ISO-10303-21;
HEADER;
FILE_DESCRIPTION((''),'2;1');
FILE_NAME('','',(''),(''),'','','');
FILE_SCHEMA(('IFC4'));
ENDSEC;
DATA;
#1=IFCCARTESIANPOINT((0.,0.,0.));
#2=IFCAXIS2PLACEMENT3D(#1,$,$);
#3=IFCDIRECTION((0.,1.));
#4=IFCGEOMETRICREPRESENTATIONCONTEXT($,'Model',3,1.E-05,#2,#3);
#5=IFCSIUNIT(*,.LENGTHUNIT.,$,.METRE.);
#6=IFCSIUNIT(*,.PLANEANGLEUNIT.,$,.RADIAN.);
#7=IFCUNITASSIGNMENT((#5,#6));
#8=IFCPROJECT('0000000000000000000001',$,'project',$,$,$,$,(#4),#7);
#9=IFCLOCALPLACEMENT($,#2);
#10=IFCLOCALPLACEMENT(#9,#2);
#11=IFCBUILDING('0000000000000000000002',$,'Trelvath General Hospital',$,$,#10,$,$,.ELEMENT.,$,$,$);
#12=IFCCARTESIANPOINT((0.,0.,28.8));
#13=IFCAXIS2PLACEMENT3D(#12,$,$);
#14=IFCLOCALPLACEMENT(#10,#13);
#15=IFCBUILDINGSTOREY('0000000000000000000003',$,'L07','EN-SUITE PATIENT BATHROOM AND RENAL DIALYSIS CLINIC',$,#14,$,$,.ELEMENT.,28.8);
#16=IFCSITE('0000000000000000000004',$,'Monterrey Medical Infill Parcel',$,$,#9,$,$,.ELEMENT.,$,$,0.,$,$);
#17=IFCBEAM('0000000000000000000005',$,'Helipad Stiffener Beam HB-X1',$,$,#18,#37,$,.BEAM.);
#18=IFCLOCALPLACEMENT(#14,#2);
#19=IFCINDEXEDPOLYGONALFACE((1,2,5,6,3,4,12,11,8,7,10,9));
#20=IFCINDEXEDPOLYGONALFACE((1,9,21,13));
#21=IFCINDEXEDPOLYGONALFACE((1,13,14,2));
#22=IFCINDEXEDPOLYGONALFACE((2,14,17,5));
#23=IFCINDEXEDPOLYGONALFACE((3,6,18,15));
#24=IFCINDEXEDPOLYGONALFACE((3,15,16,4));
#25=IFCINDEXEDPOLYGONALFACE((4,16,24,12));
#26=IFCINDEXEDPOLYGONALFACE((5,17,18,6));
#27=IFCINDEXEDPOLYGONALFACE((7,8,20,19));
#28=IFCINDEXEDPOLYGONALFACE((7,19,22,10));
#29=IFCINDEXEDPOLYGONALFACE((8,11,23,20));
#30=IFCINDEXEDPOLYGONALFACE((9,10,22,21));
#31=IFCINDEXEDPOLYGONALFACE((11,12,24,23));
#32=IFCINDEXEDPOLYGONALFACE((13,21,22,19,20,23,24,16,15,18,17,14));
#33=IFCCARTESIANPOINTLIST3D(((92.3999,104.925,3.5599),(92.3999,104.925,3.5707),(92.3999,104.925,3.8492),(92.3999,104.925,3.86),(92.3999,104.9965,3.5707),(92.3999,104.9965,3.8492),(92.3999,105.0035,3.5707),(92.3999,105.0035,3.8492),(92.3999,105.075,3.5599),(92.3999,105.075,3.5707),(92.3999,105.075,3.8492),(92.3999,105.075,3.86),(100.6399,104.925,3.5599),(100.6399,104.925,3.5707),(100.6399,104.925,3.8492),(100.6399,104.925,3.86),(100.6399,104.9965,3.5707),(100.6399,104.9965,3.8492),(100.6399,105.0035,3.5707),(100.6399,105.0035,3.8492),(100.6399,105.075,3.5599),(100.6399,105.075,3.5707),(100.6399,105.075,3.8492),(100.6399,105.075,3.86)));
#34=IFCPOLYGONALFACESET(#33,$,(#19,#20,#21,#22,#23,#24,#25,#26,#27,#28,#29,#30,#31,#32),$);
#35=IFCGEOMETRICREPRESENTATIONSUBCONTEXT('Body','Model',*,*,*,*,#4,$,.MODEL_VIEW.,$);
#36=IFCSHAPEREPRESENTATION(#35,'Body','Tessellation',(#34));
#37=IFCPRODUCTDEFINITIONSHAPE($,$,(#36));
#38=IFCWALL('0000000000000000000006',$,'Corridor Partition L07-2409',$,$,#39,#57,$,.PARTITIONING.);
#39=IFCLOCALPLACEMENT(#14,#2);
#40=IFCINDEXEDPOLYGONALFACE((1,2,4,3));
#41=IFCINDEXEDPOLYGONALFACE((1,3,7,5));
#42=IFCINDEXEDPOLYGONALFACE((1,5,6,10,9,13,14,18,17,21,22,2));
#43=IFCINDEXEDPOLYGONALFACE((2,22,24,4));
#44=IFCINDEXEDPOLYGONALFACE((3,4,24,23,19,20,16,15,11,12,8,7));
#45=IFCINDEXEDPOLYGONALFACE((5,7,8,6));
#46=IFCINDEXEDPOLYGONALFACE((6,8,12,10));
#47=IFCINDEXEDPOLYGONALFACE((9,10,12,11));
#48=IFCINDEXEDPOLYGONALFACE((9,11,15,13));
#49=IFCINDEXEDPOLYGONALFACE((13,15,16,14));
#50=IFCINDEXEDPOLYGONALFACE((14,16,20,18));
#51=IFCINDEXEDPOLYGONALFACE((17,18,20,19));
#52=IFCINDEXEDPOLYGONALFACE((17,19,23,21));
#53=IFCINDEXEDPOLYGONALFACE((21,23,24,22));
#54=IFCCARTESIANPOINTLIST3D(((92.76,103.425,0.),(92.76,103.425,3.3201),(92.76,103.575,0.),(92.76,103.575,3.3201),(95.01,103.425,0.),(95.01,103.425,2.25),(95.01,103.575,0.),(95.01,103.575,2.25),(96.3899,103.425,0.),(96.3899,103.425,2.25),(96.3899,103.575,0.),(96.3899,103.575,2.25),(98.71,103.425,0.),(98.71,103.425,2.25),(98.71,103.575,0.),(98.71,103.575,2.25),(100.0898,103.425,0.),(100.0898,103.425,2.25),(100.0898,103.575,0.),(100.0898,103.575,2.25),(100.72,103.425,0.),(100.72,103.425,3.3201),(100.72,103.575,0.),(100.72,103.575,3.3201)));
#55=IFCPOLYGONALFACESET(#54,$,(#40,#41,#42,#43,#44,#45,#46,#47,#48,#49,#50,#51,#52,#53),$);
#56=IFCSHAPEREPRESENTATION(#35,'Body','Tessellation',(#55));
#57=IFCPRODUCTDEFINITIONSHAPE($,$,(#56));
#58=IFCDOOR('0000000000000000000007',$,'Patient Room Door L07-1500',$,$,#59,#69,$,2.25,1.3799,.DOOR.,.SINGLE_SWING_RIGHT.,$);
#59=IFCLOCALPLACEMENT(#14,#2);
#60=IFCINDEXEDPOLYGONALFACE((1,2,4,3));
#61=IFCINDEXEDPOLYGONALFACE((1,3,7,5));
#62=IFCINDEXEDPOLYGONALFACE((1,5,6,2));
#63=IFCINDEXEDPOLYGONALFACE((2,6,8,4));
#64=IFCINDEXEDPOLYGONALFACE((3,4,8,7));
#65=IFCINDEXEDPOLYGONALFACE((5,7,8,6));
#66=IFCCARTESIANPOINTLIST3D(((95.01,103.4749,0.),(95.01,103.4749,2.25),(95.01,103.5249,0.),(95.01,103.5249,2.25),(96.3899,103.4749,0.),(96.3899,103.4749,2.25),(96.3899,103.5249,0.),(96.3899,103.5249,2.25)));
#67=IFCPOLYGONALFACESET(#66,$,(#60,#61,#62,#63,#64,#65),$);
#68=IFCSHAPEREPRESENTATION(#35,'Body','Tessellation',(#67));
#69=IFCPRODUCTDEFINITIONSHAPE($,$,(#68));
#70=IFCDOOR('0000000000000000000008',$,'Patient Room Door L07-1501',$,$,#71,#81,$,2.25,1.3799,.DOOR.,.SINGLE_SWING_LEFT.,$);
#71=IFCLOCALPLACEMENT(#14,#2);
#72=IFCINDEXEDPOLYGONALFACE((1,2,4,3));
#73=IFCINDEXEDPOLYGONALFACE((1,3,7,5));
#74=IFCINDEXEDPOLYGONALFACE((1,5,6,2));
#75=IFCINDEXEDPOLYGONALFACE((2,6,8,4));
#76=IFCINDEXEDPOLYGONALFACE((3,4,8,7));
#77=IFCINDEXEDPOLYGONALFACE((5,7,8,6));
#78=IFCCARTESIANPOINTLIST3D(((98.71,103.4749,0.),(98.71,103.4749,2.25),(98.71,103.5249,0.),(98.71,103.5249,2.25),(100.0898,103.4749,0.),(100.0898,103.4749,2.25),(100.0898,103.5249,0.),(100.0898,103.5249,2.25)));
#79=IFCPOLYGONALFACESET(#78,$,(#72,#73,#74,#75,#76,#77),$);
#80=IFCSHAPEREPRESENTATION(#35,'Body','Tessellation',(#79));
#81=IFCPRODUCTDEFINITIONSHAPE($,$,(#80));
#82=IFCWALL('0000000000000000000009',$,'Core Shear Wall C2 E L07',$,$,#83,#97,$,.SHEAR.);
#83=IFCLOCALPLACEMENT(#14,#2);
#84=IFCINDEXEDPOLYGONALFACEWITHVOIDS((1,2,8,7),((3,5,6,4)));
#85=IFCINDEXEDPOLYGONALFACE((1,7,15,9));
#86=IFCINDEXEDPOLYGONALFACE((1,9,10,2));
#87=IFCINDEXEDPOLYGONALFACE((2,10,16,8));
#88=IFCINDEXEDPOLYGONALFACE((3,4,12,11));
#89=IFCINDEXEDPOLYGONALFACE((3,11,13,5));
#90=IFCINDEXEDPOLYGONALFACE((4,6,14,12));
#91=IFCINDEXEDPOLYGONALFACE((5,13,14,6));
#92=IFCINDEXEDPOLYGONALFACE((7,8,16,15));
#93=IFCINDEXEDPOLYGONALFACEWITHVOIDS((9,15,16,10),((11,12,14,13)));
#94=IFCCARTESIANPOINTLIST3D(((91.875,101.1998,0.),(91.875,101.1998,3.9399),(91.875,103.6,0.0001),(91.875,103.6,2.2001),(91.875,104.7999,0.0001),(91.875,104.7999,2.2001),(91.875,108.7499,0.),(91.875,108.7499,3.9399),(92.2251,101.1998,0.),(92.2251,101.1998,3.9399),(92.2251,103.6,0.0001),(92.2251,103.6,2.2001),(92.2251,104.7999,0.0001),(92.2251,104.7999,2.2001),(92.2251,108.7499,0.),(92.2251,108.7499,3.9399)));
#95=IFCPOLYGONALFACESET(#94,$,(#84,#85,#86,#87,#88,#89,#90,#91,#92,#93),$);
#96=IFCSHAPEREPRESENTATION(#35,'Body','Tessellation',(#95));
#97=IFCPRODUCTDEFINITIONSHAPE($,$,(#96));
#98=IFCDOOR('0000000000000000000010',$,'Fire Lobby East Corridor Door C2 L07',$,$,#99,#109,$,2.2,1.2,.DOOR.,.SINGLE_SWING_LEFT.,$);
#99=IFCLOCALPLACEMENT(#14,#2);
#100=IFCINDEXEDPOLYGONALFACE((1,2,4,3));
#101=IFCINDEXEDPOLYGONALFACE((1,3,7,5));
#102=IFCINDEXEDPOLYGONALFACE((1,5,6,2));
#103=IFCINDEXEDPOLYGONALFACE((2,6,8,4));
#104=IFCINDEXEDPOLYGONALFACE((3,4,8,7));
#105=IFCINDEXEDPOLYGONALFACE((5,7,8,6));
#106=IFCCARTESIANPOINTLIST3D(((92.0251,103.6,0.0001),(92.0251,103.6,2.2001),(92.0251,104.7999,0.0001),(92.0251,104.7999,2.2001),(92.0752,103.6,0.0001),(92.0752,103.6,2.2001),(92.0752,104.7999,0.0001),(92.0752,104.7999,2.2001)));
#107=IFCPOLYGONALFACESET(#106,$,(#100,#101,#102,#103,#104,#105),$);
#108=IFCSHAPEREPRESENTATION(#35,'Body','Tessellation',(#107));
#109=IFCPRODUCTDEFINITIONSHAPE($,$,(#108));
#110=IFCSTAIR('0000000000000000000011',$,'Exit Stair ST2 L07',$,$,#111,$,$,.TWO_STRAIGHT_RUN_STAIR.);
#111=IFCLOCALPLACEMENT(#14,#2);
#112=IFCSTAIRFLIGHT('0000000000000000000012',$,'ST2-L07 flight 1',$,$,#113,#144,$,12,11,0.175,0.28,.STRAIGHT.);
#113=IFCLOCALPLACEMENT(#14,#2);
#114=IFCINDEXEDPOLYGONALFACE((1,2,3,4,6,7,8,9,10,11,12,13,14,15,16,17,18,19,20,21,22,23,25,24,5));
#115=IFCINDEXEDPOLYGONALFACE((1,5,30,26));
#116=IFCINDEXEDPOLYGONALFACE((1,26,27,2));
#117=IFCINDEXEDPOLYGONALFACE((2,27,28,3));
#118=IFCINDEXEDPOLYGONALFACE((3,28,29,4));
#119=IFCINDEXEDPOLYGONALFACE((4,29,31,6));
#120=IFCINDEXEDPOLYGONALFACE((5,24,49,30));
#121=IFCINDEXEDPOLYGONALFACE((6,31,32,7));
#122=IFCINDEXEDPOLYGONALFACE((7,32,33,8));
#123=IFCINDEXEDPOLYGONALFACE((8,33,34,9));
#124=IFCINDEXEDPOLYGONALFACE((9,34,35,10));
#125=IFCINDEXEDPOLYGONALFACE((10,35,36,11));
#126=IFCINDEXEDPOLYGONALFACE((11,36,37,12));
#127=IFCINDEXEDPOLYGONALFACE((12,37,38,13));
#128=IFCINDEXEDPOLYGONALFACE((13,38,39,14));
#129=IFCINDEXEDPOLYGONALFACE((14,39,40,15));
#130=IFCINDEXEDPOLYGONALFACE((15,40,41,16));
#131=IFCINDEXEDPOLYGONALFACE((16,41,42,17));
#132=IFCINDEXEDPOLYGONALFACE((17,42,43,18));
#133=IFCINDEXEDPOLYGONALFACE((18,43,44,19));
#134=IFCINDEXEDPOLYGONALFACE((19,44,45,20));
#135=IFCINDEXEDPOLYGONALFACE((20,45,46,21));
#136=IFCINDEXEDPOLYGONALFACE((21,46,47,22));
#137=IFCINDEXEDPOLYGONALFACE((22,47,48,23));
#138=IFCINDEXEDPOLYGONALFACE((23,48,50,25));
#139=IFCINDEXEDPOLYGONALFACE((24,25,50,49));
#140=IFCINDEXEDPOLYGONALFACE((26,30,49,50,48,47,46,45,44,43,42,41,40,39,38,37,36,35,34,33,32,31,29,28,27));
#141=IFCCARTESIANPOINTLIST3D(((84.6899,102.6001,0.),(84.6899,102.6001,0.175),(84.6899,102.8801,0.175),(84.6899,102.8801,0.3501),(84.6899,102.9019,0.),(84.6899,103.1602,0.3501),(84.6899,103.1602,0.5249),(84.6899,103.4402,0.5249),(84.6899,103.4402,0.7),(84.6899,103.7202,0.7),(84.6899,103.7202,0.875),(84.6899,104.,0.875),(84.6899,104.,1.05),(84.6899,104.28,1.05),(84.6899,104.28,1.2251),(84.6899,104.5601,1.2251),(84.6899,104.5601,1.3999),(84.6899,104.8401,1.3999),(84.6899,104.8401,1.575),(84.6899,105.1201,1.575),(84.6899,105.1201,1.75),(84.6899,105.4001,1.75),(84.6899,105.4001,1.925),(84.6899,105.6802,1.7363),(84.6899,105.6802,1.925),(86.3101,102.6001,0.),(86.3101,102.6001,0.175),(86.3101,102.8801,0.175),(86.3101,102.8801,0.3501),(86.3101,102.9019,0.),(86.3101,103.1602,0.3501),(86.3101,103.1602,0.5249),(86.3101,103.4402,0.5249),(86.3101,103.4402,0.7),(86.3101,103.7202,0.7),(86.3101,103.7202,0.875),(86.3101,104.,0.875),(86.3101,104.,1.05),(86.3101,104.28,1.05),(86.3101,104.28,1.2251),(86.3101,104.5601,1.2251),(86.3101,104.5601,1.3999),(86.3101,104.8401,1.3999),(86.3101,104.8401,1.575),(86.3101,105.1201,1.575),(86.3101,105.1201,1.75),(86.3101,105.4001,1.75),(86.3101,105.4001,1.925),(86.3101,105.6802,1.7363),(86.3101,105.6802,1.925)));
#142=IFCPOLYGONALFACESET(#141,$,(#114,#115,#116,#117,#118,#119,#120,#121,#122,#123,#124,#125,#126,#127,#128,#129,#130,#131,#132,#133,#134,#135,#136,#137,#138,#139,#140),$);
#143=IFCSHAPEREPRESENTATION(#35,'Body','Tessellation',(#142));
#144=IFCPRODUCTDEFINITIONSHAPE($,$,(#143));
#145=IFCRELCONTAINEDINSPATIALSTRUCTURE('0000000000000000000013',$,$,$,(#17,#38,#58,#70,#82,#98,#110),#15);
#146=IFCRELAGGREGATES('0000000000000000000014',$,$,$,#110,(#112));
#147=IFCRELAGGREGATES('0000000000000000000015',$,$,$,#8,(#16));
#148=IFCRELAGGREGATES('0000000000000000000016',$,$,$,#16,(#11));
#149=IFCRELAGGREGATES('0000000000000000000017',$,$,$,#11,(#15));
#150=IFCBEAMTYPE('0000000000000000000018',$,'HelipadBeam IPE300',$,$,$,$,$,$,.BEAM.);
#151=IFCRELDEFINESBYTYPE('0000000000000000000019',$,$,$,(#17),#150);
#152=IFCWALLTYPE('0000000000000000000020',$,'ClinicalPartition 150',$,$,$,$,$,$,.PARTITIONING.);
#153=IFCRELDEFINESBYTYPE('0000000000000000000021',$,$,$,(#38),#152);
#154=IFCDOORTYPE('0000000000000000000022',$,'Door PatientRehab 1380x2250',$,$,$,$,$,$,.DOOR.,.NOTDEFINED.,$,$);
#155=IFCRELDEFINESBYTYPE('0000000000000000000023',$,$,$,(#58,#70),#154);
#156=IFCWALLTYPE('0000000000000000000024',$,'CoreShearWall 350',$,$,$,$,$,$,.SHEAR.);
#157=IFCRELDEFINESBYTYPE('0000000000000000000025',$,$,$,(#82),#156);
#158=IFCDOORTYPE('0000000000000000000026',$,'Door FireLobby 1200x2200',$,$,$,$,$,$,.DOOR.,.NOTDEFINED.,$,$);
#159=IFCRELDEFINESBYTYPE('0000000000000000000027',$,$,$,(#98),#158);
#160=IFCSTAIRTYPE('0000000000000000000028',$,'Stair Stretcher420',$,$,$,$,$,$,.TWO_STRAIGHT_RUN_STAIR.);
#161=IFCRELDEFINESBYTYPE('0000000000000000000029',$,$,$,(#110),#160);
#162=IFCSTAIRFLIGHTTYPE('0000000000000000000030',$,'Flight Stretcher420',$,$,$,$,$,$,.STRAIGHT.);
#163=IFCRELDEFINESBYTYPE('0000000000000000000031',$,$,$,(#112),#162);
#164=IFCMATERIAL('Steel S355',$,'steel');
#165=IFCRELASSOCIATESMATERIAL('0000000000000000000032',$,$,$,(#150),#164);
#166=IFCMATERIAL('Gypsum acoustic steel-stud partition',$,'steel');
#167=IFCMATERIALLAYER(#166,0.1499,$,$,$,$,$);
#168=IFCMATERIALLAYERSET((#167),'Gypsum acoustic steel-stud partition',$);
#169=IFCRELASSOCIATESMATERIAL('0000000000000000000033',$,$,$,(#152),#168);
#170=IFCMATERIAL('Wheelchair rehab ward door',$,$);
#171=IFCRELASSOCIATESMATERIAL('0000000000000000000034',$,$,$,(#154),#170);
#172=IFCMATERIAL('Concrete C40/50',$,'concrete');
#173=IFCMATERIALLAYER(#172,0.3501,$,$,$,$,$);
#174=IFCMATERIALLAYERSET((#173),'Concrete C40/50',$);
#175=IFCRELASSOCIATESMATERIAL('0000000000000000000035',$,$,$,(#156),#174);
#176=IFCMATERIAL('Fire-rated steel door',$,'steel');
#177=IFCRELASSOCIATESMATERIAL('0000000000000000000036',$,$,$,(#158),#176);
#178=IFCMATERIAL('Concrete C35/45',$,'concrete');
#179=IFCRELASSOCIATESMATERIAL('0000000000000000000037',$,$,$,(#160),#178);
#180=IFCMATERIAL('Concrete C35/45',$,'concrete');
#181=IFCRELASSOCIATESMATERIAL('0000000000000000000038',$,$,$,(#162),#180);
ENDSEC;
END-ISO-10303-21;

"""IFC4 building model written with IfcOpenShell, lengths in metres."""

from ifc_helpers import new_model, si_unit, direction, frame, frame_2d, origin, origin_2d, place, context, subcontext, project, spatial, polyline, rectangle, i_section, outline, extrude, material, layer, layer_set, material_profile, profile_set, type_object, element, fill, aggregate, save


model = new_model("IFC4")

# Units and contexts
model_context = context("Model", 3, precision=1e-05, world=origin(), true_north=direction((0.0, 1.0)))
body_context = subcontext(model_context, "Body", "Model", "MODEL_VIEW")
ifc_project = project(units=[si_unit("LENGTHUNIT", "METRE"), si_unit("PLANEANGLEUNIT", "RADIAN")], contexts=[model_context])

# Site, building, storey
site_placement = place(None, origin())
site = spatial("IfcSite", under=ifc_project, at=site_placement, Name="Monterrey Medical Infill Parcel", CompositionType="ELEMENT", RefElevation=0.0)
building_placement = place(site_placement, origin())
building = spatial("IfcBuilding", under=site, at=building_placement, Name="Trelvath General Hospital", CompositionType="ELEMENT")
storey_placement = place(building_placement, frame((0.0, 0.0, 28.8)))
storey = spatial("IfcBuildingStorey", under=building, at=storey_placement, Name="L07", Description="EN-SUITE PATIENT BATHROOM AND RENAL DIALYSIS CLINIC", CompositionType="ELEMENT", Elevation=28.8)

# Beam
ifc_material_1 = material(Name="Steel S355", Category="steel")
ifc_material_profile = material_profile(ifc_material_1, i_section(OverallWidth=0.1499, OverallDepth=0.3, WebThickness=0.0071, FlangeThickness=0.0107, at=origin_2d()), Name="IPE300")
ifc_profile_set = profile_set([ifc_material_profile], Name="Steel S355")
beam_type = type_object("IfcBeamType", Name="HelipadBeam IPE300", PredefinedType="BEAM", material=ifc_profile_set)
beam_placement = place(storey_placement, frame((92.3999, 105.0, 3.71), z_axis=(1.0, 0.0, 0.0), x_axis=(0.0, 1.0, 0.0)))
element("IfcBeam", 1, at=beam_placement, inside=storey, type_object=beam_type, Name="Helipad Stiffener Beam HB-X1", PredefinedType="BEAM", context=body_context, shape_type="SweptSolid", body=[
    extrude(i_section(OverallWidth=0.1499, OverallDepth=0.3, WebThickness=0.0071, FlangeThickness=0.0107, at=origin_2d()), origin(), (0.0, 0.0, 1.0), 8.24),
])

# Wall, openings, doors
ifc_material_2 = material(Name="Gypsum acoustic steel-stud partition", Category="steel")
ifc_layer_1 = layer(ifc_material_2, 0.1499)
ifc_layer_set_1 = layer_set([ifc_layer_1], Name="Gypsum acoustic steel-stud partition")
wall_type_1 = type_object("IfcWallType", Name="ClinicalPartition 150", PredefinedType="PARTITIONING", material=ifc_layer_set_1)
wall_1_placement = place(storey_placement, frame((92.76, 103.5, 0.0), z_axis=(0.0, 0.0, 1.0), x_axis=(1.0, 0.0, 0.0)))
wall_1 = element("IfcWall", 2, at=wall_1_placement, inside=storey, type_object=wall_type_1, Name="Corridor Partition L07-2409", PredefinedType="PARTITIONING", context=body_context, shape_type="SweptSolid", body=[
    extrude(rectangle(XDim=7.96, YDim=0.1499, at=frame_2d((3.98, 0.0))), origin(), (0.0, 0.0, 1.0), 3.3201),
])
opening_1_placement = place(wall_1_placement, frame((2.25, 0.0, 0.0)))
opening_1 = element("IfcOpeningElement", 3, at=opening_1_placement, cuts=wall_1, PredefinedType="OPENING", context=body_context, shape_type="SweptSolid", body=[
    extrude(rectangle(XDim=1.3799, YDim=2.25, at=frame_2d((0.6899, 1.125))), frame((0.0, 0.085, 0.0), z_axis=(0.0, -1.0, 0.0), x_axis=(1.0, 0.0, 0.0)), (0.0, 0.0, 1.0), 0.1699),
])
opening_2_placement = place(wall_1_placement, frame((5.95, 0.0, 0.0)))
opening_2 = element("IfcOpeningElement", 4, at=opening_2_placement, cuts=wall_1, PredefinedType="OPENING", context=body_context, shape_type="SweptSolid", body=[
    extrude(rectangle(XDim=1.3799, YDim=2.25, at=frame_2d((0.6899, 1.125))), frame((0.0, 0.085, 0.0), z_axis=(0.0, -1.0, 0.0), x_axis=(1.0, 0.0, 0.0)), (0.0, 0.0, 1.0), 0.1699),
])
ifc_material_3 = material(Name="Wheelchair rehab ward door")
door_type_1 = type_object("IfcDoorType", Name="Door PatientRehab 1380x2250", OperationType="NOTDEFINED", PredefinedType="DOOR", material=ifc_material_3)
door_1_placement = place(opening_1_placement, origin())
door_1 = element("IfcDoor", 5, at=door_1_placement, inside=storey, type_object=door_type_1, Name="Patient Room Door L07-1500", OperationType="SINGLE_SWING_RIGHT", OverallHeight=2.25, OverallWidth=1.3799, PredefinedType="DOOR", context=body_context, shape_type="SweptSolid", body=[
    extrude(rectangle(XDim=1.3799, YDim=2.25, at=frame_2d((0.6899, 1.125))), frame((0.0, 0.0249, 0.0), z_axis=(0.0, -1.0, 0.0), x_axis=(1.0, 0.0, 0.0)), (0.0, 0.0, 1.0), 0.05),
])
fill(opening_1, door_1)
door_2_placement = place(opening_2_placement, origin())
door_2 = element("IfcDoor", 6, at=door_2_placement, inside=storey, type_object=door_type_1, Name="Patient Room Door L07-1501", OperationType="SINGLE_SWING_LEFT", OverallHeight=2.25, OverallWidth=1.3799, PredefinedType="DOOR", context=body_context, shape_type="SweptSolid", body=[
    extrude(rectangle(XDim=1.3799, YDim=2.25, at=frame_2d((0.6899, 1.125))), frame((0.0, 0.0249, 0.0), z_axis=(0.0, -1.0, 0.0), x_axis=(1.0, 0.0, 0.0)), (0.0, 0.0, 1.0), 0.05),
])
fill(opening_2, door_2)

# Wall, opening, door
ifc_material_4 = material(Name="Concrete C40/50", Category="concrete")
ifc_layer_2 = layer(ifc_material_4, 0.3501)
ifc_layer_set_2 = layer_set([ifc_layer_2], Name="Concrete C40/50")
wall_type_2 = type_object("IfcWallType", Name="CoreShearWall 350", PredefinedType="SHEAR", material=ifc_layer_set_2)
wall_2_placement = place(storey_placement, frame((92.05, 101.2, 0.0), z_axis=(0.0, 0.0, 1.0), x_axis=(0.0, 1.0, 0.0)))
wall_2 = element("IfcWall", 7, at=wall_2_placement, inside=storey, type_object=wall_type_2, Name="Core Shear Wall C2 E L07", PredefinedType="SHEAR", context=body_context, shape_type="SweptSolid", body=[
    extrude(rectangle(XDim=7.55, YDim=0.3501, at=frame_2d((3.7749, 0.0))), origin(), (0.0, 0.0, 1.0), 3.9399),
])
opening_3_placement = place(wall_2_placement, frame((2.3999, 0.0, 0.0)))
opening_3 = element("IfcOpeningElement", 8, at=opening_3_placement, cuts=wall_2, PredefinedType="OPENING", context=body_context, shape_type="SweptSolid", body=[
    extrude(rectangle(XDim=1.2, YDim=2.2, at=frame_2d((0.6001, 1.1001))), frame((0.0, 0.1851, 0.0), z_axis=(0.0, -1.0, 0.0), x_axis=(1.0, 0.0, 0.0)), (0.0, 0.0, 1.0), 0.3701),
])
ifc_material_5 = material(Name="Fire-rated steel door", Category="steel")
door_type_2 = type_object("IfcDoorType", Name="Door FireLobby 1200x2200", OperationType="NOTDEFINED", PredefinedType="DOOR", material=ifc_material_5)
door_3_placement = place(opening_3_placement, origin())
door_3 = element("IfcDoor", 9, at=door_3_placement, inside=storey, type_object=door_type_2, Name="Fire Lobby East Corridor Door C2 L07", OperationType="SINGLE_SWING_LEFT", OverallHeight=2.2, OverallWidth=1.2, PredefinedType="DOOR", context=body_context, shape_type="SweptSolid", body=[
    extrude(rectangle(XDim=1.2, YDim=2.2, at=frame_2d((0.6001, 1.1001))), frame((0.0, 0.0249, 0.0), z_axis=(0.0, -1.0, 0.0), x_axis=(1.0, 0.0, 0.0)), (0.0, 0.0, 1.0), 0.05),
])
fill(opening_3, door_3)

# Stair, stair flight
ifc_material_6 = material(Name="Concrete C35/45", Category="concrete")
stair_type = type_object("IfcStairType", Name="Stair Stretcher420", PredefinedType="TWO_STRAIGHT_RUN_STAIR", material=ifc_material_6)
stair_placement = place(storey_placement, origin())
stair = element("IfcStair", 10, at=stair_placement, inside=storey, type_object=stair_type, Name="Exit Stair ST2 L07", PredefinedType="TWO_STRAIGHT_RUN_STAIR")
ifc_material_7 = material(Name="Concrete C35/45", Category="concrete")
stair_flight_type = type_object("IfcStairFlightType", Name="Flight Stretcher420", PredefinedType="STRAIGHT", material=ifc_material_7)
stair_flight_1_placement = place(storey_placement, frame((85.5, 102.6001, 0.0), z_axis=(0.0, 0.0, 1.0), x_axis=(0.0, 1.0, 0.0)))
stair_flight_1 = element("IfcStairFlight", 11, at=stair_flight_1_placement, type_object=stair_flight_type, Name="ST2-L07 flight 1", NumberOfRisers=12, NumberOfTreads=11, PredefinedType="STRAIGHT", RiserHeight=0.175, TreadLength=0.28, context=body_context, shape_type="SweptSolid", body=[
    extrude(outline(polyline([(0.0, 0.0), (0.0, 0.175), (0.28, 0.175), (0.28, 0.3501), (0.5601, 0.3501), (0.5601, 0.5249), (0.8401, 0.5249), (0.8401, 0.7), (1.1201, 0.7), (1.1201, 0.875), (1.3999, 0.875), (1.3999, 1.05), (1.6799, 1.05), (1.6799, 1.2251), (1.96, 1.2251), (1.96, 1.3999), (2.24, 1.3999), (2.24, 1.575), (2.52, 1.575), (2.52, 1.75), (2.8, 1.75), (2.8, 1.925), (3.0801, 1.925), (3.0801, 2.1001), (3.0801, 1.7363), (0.3018, 0.0), (0.0, 0.0)])), frame((0.0, 0.8101, 0.0), z_axis=(0.0, -1.0, 0.0), x_axis=(1.0, 0.0, 0.0)), (0.0, 0.0, 1.0), 1.6201),
])
aggregate(stair, [stair_flight_1])

save(model, "model.ifc")
